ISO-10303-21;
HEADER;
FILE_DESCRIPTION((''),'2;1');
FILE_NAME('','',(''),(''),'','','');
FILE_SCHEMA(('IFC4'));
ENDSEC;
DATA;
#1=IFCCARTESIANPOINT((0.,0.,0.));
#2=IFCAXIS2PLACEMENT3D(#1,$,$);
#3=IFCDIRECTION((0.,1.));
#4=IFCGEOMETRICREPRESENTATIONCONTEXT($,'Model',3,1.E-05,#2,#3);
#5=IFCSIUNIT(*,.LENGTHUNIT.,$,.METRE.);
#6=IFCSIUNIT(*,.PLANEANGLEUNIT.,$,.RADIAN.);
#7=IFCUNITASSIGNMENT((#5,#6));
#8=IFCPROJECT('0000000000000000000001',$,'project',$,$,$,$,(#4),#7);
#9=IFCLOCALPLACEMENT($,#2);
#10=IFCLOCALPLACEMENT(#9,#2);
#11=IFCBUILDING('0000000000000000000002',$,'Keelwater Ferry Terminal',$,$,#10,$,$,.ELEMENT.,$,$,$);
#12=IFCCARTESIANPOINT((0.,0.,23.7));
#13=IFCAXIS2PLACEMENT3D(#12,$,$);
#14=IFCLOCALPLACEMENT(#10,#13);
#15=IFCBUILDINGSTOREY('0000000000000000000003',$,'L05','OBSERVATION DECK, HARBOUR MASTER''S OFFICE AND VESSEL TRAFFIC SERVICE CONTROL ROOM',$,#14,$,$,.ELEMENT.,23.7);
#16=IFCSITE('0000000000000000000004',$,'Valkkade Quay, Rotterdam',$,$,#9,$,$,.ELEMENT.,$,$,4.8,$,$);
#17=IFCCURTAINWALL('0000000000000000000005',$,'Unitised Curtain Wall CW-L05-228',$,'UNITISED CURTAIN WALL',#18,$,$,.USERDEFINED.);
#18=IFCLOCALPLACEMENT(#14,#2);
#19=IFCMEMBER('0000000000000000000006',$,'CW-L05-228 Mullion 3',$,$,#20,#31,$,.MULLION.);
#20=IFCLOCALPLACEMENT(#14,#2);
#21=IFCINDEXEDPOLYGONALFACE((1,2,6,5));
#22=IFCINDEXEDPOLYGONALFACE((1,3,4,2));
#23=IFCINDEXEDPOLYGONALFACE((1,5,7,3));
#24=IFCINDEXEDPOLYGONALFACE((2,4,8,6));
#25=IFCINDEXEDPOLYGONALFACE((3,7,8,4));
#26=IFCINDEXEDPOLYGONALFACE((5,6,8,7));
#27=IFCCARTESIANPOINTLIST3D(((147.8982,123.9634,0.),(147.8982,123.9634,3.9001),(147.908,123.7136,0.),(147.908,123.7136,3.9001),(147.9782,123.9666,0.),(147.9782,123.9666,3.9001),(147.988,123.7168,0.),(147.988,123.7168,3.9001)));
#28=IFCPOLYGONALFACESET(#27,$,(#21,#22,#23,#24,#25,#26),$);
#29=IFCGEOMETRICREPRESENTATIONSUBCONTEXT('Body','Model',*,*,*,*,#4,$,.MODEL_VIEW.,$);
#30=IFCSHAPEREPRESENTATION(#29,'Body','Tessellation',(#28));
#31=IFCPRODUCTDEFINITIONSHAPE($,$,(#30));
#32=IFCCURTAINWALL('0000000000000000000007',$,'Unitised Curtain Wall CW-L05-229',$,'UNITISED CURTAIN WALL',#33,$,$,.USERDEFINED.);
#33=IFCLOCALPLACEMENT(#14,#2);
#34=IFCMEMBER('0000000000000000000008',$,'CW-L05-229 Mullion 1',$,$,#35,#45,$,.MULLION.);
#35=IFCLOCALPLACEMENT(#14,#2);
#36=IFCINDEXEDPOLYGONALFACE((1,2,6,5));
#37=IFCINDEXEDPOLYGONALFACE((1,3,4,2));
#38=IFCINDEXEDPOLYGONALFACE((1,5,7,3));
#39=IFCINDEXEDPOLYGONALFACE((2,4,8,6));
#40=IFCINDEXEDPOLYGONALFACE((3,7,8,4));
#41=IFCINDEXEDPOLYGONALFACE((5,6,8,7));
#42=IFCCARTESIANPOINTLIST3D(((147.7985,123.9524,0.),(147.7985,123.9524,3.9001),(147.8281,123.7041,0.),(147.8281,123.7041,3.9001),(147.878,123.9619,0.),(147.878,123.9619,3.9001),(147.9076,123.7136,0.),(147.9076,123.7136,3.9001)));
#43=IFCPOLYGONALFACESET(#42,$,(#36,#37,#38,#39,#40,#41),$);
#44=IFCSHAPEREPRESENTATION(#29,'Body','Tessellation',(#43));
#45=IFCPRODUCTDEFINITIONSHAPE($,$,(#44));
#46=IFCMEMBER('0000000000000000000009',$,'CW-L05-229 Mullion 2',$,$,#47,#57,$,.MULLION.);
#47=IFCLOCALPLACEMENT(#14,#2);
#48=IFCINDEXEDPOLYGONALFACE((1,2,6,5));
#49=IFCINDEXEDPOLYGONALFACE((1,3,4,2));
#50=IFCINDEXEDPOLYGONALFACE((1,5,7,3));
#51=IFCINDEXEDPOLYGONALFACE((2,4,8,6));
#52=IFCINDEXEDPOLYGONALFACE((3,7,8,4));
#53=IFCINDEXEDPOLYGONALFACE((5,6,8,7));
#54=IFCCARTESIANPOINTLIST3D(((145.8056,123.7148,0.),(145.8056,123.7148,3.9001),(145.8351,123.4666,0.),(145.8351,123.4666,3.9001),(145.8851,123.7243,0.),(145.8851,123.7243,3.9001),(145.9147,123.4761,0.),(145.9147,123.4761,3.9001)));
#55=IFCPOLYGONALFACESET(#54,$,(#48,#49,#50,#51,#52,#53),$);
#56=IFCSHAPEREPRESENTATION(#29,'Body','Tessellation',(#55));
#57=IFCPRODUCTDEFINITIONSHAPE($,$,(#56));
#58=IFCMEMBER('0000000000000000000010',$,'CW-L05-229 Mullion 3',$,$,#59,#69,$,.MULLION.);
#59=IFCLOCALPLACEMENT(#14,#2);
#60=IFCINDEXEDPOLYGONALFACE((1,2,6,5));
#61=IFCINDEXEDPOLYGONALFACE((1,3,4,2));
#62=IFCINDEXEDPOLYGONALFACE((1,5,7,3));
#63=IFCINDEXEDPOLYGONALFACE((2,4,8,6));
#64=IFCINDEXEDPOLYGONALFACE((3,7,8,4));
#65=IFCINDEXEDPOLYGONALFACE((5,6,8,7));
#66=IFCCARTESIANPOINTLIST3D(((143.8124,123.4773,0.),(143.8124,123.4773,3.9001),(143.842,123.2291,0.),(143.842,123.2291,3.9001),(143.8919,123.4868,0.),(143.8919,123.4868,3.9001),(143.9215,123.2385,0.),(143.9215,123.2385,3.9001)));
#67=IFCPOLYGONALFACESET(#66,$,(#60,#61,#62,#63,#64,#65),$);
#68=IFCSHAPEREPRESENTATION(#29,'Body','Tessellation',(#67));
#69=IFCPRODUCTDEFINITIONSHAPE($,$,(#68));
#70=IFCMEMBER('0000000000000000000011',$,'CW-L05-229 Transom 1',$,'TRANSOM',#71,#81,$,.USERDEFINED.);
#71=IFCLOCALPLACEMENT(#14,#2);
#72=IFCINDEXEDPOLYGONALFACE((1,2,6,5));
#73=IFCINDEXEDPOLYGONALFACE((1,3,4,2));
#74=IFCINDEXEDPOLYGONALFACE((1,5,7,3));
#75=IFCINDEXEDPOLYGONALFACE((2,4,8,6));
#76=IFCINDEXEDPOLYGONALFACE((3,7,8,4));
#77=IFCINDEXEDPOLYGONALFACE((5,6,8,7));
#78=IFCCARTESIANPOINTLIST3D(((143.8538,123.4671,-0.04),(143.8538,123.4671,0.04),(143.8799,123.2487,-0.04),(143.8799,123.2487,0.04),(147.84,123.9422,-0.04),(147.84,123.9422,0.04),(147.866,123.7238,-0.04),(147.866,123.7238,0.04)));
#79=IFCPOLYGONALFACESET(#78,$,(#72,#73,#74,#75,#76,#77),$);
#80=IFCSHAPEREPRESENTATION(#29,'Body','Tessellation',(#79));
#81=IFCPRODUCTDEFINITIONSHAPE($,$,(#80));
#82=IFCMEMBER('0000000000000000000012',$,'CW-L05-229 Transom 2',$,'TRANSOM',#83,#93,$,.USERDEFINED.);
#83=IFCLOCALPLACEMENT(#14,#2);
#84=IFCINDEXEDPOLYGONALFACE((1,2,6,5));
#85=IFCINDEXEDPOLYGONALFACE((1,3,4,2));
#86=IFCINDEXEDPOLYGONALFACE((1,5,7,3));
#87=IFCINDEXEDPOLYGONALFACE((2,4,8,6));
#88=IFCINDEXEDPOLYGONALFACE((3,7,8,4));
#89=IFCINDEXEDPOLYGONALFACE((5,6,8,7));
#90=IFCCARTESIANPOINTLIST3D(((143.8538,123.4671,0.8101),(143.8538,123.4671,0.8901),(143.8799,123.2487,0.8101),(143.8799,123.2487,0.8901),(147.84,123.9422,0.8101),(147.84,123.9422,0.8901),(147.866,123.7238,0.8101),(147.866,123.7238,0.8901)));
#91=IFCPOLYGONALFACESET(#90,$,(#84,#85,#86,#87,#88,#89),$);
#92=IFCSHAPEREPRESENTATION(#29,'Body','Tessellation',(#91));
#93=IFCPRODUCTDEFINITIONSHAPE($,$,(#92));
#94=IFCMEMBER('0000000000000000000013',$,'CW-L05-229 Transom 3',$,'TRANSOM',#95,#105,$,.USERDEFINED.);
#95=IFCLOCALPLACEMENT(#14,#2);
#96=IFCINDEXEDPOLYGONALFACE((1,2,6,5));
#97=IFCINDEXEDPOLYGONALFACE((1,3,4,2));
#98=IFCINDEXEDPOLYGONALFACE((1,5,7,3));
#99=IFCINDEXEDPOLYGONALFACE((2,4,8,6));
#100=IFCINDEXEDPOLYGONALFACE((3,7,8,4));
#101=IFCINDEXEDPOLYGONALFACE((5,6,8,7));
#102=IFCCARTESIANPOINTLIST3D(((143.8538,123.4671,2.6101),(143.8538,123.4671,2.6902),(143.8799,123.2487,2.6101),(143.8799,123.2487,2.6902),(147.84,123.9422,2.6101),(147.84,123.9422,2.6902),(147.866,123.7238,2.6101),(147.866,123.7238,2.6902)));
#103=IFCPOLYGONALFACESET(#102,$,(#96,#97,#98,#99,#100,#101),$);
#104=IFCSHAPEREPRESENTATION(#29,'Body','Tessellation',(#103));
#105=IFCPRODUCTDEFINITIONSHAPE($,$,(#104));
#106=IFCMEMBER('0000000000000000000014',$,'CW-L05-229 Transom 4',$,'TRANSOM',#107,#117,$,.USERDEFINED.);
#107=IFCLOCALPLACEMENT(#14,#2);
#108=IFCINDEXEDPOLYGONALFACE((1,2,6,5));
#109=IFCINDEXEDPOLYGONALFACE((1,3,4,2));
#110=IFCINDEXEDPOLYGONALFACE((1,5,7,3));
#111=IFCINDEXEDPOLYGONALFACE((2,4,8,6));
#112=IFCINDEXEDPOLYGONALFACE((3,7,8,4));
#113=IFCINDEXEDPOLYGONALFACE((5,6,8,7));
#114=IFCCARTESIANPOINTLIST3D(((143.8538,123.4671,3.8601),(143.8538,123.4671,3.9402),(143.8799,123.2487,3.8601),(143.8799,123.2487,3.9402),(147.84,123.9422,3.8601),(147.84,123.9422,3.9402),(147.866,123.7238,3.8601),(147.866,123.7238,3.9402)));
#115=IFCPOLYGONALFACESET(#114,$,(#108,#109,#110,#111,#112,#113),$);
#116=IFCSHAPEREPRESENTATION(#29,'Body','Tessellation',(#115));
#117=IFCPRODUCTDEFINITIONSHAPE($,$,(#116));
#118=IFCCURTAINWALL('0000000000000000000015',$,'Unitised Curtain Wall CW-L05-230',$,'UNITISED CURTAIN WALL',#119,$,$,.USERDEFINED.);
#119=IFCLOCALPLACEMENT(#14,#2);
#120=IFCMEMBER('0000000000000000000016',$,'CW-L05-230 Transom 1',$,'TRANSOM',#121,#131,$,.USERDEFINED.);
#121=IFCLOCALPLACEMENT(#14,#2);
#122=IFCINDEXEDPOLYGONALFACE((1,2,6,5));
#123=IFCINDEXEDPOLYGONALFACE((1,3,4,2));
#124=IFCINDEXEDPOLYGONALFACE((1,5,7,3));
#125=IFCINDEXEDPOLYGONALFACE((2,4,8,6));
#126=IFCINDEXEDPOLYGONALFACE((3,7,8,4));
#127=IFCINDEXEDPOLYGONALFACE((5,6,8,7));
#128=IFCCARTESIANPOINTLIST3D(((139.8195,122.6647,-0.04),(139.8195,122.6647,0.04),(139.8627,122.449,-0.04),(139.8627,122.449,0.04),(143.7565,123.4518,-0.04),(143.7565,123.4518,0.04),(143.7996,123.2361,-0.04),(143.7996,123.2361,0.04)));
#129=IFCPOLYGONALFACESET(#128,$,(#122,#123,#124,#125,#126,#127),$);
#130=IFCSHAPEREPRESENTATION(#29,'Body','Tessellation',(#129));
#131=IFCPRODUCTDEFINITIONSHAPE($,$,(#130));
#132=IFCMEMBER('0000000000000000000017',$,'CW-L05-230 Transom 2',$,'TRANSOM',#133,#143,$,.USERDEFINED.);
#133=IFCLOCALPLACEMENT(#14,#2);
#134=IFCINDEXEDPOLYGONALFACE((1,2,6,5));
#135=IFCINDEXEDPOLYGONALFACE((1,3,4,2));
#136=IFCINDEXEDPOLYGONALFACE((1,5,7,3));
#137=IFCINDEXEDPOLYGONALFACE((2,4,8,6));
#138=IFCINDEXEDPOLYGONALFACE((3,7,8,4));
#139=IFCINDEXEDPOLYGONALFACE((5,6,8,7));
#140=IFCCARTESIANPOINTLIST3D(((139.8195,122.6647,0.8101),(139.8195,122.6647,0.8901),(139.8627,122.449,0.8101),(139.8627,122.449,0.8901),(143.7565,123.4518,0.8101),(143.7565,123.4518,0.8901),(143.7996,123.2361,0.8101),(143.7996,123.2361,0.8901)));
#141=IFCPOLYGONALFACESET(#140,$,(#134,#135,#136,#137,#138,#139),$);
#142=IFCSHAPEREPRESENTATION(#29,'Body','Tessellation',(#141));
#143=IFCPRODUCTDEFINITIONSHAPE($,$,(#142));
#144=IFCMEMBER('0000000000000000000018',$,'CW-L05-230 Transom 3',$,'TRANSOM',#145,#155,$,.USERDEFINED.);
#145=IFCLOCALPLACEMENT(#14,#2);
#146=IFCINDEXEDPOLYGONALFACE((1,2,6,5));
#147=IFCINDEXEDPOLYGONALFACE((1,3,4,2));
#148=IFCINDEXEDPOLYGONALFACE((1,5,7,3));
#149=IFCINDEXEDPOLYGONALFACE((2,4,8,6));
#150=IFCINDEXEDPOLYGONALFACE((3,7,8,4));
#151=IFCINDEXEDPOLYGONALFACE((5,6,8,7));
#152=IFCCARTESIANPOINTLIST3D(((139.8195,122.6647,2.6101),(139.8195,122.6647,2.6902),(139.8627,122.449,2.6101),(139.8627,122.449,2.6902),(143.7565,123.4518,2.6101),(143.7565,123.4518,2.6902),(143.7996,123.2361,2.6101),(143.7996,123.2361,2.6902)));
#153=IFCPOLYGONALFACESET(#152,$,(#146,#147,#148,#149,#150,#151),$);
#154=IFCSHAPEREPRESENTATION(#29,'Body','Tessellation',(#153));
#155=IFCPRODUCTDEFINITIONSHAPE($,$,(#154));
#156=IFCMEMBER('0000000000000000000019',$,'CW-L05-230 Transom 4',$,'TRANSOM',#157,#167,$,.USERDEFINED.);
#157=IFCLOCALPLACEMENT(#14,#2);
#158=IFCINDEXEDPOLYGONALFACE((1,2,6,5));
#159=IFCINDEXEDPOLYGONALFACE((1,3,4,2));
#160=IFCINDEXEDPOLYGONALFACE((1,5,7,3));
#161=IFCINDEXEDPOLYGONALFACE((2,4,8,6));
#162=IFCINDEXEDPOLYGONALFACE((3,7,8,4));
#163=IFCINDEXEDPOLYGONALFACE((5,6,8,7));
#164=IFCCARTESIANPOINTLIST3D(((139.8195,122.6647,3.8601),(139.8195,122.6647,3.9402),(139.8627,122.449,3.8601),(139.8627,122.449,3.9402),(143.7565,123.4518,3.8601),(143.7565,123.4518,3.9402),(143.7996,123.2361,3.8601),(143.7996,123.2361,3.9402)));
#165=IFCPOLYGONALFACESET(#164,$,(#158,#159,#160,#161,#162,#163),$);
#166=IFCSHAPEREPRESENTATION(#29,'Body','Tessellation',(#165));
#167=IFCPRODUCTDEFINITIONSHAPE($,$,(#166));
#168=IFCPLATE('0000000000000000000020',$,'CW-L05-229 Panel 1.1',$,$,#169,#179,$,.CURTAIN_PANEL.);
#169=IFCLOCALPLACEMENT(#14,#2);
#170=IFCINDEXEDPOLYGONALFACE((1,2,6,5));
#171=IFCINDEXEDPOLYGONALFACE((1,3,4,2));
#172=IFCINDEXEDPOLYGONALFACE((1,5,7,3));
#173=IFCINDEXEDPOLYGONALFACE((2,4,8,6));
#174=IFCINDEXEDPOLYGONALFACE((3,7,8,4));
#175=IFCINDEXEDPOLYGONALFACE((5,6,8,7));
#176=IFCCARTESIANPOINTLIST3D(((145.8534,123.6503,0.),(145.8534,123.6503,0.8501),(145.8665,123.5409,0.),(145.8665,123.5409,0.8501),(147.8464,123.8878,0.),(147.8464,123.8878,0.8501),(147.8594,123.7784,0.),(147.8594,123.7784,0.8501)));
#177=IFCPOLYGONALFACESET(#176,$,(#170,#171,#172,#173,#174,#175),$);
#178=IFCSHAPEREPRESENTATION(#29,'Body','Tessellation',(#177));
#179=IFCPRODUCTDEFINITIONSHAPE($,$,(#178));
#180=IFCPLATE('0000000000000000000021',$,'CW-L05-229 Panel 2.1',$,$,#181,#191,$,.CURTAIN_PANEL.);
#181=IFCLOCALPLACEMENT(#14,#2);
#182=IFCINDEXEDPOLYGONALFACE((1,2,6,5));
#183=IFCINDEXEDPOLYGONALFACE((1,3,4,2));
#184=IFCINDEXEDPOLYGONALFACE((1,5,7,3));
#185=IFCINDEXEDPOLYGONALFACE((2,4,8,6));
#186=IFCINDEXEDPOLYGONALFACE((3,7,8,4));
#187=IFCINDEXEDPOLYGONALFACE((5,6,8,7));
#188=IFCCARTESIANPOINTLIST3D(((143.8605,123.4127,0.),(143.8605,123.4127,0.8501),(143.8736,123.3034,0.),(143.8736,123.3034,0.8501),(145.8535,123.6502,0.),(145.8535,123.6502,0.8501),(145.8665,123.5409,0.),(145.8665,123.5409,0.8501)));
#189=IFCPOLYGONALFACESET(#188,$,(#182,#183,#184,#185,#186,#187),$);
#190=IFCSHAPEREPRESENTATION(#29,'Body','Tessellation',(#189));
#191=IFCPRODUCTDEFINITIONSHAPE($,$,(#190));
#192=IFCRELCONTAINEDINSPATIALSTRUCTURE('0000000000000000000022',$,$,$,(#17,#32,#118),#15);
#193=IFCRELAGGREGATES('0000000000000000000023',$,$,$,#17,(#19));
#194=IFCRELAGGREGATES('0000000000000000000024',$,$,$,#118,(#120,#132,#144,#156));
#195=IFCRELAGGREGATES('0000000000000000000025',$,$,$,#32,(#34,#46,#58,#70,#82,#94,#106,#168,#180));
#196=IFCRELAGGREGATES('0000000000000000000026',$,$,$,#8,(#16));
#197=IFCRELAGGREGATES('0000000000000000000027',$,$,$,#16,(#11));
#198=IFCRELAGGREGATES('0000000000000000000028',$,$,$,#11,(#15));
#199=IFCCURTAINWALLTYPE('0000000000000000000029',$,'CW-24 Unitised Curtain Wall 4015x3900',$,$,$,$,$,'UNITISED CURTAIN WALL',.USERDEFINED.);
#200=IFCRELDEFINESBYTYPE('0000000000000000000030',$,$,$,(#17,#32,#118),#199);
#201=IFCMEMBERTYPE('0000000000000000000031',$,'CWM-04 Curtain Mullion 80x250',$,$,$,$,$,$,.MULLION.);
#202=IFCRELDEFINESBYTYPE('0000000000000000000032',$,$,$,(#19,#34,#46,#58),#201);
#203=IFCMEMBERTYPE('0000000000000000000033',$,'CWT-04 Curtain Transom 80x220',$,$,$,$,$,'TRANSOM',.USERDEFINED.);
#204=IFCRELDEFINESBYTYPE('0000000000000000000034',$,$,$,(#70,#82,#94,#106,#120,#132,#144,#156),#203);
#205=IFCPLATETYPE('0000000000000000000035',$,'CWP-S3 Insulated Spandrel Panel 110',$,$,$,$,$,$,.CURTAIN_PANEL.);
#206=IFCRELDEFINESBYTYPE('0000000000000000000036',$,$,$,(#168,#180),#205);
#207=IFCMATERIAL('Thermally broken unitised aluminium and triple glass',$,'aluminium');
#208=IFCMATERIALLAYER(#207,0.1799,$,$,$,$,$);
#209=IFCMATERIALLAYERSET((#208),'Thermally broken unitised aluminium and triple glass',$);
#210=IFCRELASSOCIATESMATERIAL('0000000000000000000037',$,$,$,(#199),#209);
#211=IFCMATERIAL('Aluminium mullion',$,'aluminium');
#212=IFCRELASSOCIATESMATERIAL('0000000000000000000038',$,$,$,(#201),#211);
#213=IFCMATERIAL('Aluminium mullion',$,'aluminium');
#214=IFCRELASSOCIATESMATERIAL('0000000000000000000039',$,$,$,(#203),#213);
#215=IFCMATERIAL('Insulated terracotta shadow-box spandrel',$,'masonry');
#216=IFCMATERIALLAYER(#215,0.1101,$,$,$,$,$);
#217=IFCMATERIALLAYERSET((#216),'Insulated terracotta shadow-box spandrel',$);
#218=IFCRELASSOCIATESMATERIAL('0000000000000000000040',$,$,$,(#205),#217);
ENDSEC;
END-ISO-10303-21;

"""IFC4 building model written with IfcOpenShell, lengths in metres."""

from ifc_helpers import new_model, si_unit, direction, frame, origin, origin_2d, place, context, subcontext, project, spatial, rectangle, extrude, material, layer, layer_set, material_profile, profile_set, type_object, element, aggregate, save


model = new_model("IFC4")

# Units and contexts
model_context = context("Model", 3, precision=1e-05, world=origin(), true_north=direction((0.0, 1.0)))
body_context = subcontext(model_context, "Body", "Model", "MODEL_VIEW")
ifc_project = project(units=[si_unit("LENGTHUNIT", "METRE"), si_unit("PLANEANGLEUNIT", "RADIAN")], contexts=[model_context])

# Site, building, storey
site_placement = place(None, origin())
site = spatial("IfcSite", under=ifc_project, at=site_placement, Name="Valkkade Quay, Rotterdam", CompositionType="ELEMENT", RefElevation=4.8)
building_placement = place(site_placement, origin())
building = spatial("IfcBuilding", under=site, at=building_placement, Name="Keelwater Ferry Terminal", CompositionType="ELEMENT")
storey_placement = place(building_placement, frame((0.0, 0.0, 23.7)))
storey = spatial("IfcBuildingStorey", under=building, at=storey_placement, Name="L05", Description="OBSERVATION DECK, HARBOUR MASTER'S OFFICE AND VESSEL TRAFFIC SERVICE CONTROL ROOM", CompositionType="ELEMENT", Elevation=23.7)

# Curtain wall, member
ifc_material_1 = material(Name="Thermally broken unitised aluminium and triple glass", Category="aluminium")
ifc_layer_1 = layer(ifc_material_1, 0.1799)
ifc_layer_set_1 = layer_set([ifc_layer_1], Name="Thermally broken unitised aluminium and triple glass")
curtain_wall_type = type_object("IfcCurtainWallType", Name="CW-24 Unitised Curtain Wall 4015x3900", ElementType="UNITISED CURTAIN WALL", PredefinedType="USERDEFINED", material=ifc_layer_set_1)
curtain_wall_1_placement = place(storey_placement, origin())
curtain_wall_1 = element("IfcCurtainWall", 1, at=curtain_wall_1_placement, inside=storey, type_object=curtain_wall_type, Name="Unitised Curtain Wall CW-L05-228", ObjectType="UNITISED CURTAIN WALL", PredefinedType="USERDEFINED")
ifc_material_2 = material(Name="Aluminium mullion", Category="aluminium")
ifc_material_profile_1 = material_profile(ifc_material_2, rectangle(XDim=0.0801, YDim=0.25, at=origin_2d()), Name="CWM-04")
ifc_profile_set_1 = profile_set([ifc_material_profile_1], Name="Aluminium mullion")
member_type_1 = type_object("IfcMemberType", Name="CWM-04 Curtain Mullion 80x250", PredefinedType="MULLION", material=ifc_profile_set_1)
member_1_placement = place(storey_placement, frame((147.9431, 123.8401, 0.0), z_axis=(0.0, 0.0, 1.0), x_axis=(-0.999225, -0.039351, 0.0)))
member_1 = element("IfcMember", 2, at=member_1_placement, type_object=member_type_1, Name="CW-L05-228 Mullion 3", PredefinedType="MULLION", context=body_context, shape_type="SweptSolid", body=[
    extrude(rectangle(XDim=0.0801, YDim=0.25, at=origin_2d()), origin(), (0.0, 0.0, 1.0), 3.9001),
])
aggregate(curtain_wall_1, [member_1])

# Curtain walls, members
curtain_wall_2_placement = place(storey_placement, origin())
curtain_wall_2 = element("IfcCurtainWall", 3, at=curtain_wall_2_placement, inside=storey, type_object=curtain_wall_type, Name="Unitised Curtain Wall CW-L05-229", ObjectType="UNITISED CURTAIN WALL", PredefinedType="USERDEFINED")
member_2_placement = place(storey_placement, frame((147.853, 123.833, 0.0), z_axis=(0.0, 0.0, 1.0), x_axis=(-0.992974, -0.11833, 0.0)))
member_2 = element("IfcMember", 4, at=member_2_placement, type_object=member_type_1, Name="CW-L05-229 Mullion 1", PredefinedType="MULLION", context=body_context, shape_type="SweptSolid", body=[
    extrude(rectangle(XDim=0.0801, YDim=0.25, at=origin_2d()), origin(), (0.0, 0.0, 1.0), 3.9001),
])
member_3_placement = place(storey_placement, frame((145.8601, 123.5955, 0.0), z_axis=(0.0, 0.0, 1.0), x_axis=(-0.992974, -0.11833, 0.0)))
member_3 = element("IfcMember", 5, at=member_3_placement, type_object=member_type_1, Name="CW-L05-229 Mullion 2", PredefinedType="MULLION", context=body_context, shape_type="SweptSolid", body=[
    extrude(rectangle(XDim=0.0801, YDim=0.25, at=origin_2d()), origin(), (0.0, 0.0, 1.0), 3.9001),
])
member_4_placement = place(storey_placement, frame((143.8669, 123.3579, 0.0), z_axis=(0.0, 0.0, 1.0), x_axis=(-0.992974, -0.11833, 0.0)))
member_4 = element("IfcMember", 6, at=member_4_placement, type_object=member_type_1, Name="CW-L05-229 Mullion 3", PredefinedType="MULLION", context=body_context, shape_type="SweptSolid", body=[
    extrude(rectangle(XDim=0.0801, YDim=0.25, at=origin_2d()), origin(), (0.0, 0.0, 1.0), 3.9001),
])
ifc_material_3 = material(Name="Aluminium mullion", Category="aluminium")
ifc_material_profile_2 = material_profile(ifc_material_3, rectangle(XDim=0.22, YDim=0.0801, at=origin_2d()), Name="CWT-04")
ifc_profile_set_2 = profile_set([ifc_material_profile_2], Name="Aluminium mullion")
member_type_2 = type_object("IfcMemberType", Name="CWT-04 Curtain Transom 80x220", ElementType="TRANSOM", PredefinedType="USERDEFINED", material=ifc_profile_set_2)
member_5_placement = place(storey_placement, frame((147.853, 123.833, 0.0), z_axis=(-0.992972, -0.118351, 0.0), x_axis=(0.118351, -0.992972, 0.0)))
member_5 = element("IfcMember", 7, at=member_5_placement, type_object=member_type_2, Name="CW-L05-229 Transom 1", ObjectType="TRANSOM", PredefinedType="USERDEFINED", context=body_context, shape_type="SweptSolid", body=[
    extrude(rectangle(XDim=0.22, YDim=0.0801, at=origin_2d()), origin(), (0.0, 0.0, 1.0), 4.0144),
])
member_6_placement = place(storey_placement, frame((147.853, 123.833, 0.8501), z_axis=(-0.992972, -0.118351, 0.0), x_axis=(0.118351, -0.992972, 0.0)))
member_6 = element("IfcMember", 8, at=member_6_placement, type_object=member_type_2, Name="CW-L05-229 Transom 2", ObjectType="TRANSOM", PredefinedType="USERDEFINED", context=body_context, shape_type="SweptSolid", body=[
    extrude(rectangle(XDim=0.22, YDim=0.0801, at=origin_2d()), origin(), (0.0, 0.0, 1.0), 4.0144),
])
member_7_placement = place(storey_placement, frame((147.853, 123.833, 2.6501), z_axis=(-0.992972, -0.118351, 0.0), x_axis=(0.118351, -0.992972, 0.0)))
member_7 = element("IfcMember", 9, at=member_7_placement, type_object=member_type_2, Name="CW-L05-229 Transom 3", ObjectType="TRANSOM", PredefinedType="USERDEFINED", context=body_context, shape_type="SweptSolid", body=[
    extrude(rectangle(XDim=0.22, YDim=0.0801, at=origin_2d()), origin(), (0.0, 0.0, 1.0), 4.0144),
])
member_8_placement = place(storey_placement, frame((147.853, 123.833, 3.9001), z_axis=(-0.992972, -0.118351, 0.0), x_axis=(0.118351, -0.992972, 0.0)))
member_8 = element("IfcMember", 10, at=member_8_placement, type_object=member_type_2, Name="CW-L05-229 Transom 4", ObjectType="TRANSOM", PredefinedType="USERDEFINED", context=body_context, shape_type="SweptSolid", body=[
    extrude(rectangle(XDim=0.22, YDim=0.0801, at=origin_2d()), origin(), (0.0, 0.0, 1.0), 4.0144),
])
curtain_wall_3_placement = place(storey_placement, origin())
curtain_wall_3 = element("IfcCurtainWall", 11, at=curtain_wall_3_placement, inside=storey, type_object=curtain_wall_type, Name="Unitised Curtain Wall CW-L05-230", ObjectType="UNITISED CURTAIN WALL", PredefinedType="USERDEFINED")
member_9_placement = place(storey_placement, frame((143.7781, 123.344, 0.0), z_axis=(-0.980595, -0.196046, 0.0), x_axis=(0.196046, -0.980595, 0.0)))
member_9 = element("IfcMember", 12, at=member_9_placement, type_object=member_type_2, Name="CW-L05-230 Transom 1", ObjectType="TRANSOM", PredefinedType="USERDEFINED", context=body_context, shape_type="SweptSolid", body=[
    extrude(rectangle(XDim=0.22, YDim=0.0801, at=origin_2d()), origin(), (0.0, 0.0, 1.0), 4.0149),
])
member_10_placement = place(storey_placement, frame((143.7781, 123.344, 0.8501), z_axis=(-0.980595, -0.196046, 0.0), x_axis=(0.196046, -0.980595, 0.0)))
member_10 = element("IfcMember", 13, at=member_10_placement, type_object=member_type_2, Name="CW-L05-230 Transom 2", ObjectType="TRANSOM", PredefinedType="USERDEFINED", context=body_context, shape_type="SweptSolid", body=[
    extrude(rectangle(XDim=0.22, YDim=0.0801, at=origin_2d()), origin(), (0.0, 0.0, 1.0), 4.0149),
])
member_11_placement = place(storey_placement, frame((143.7781, 123.344, 2.6501), z_axis=(-0.980595, -0.196046, 0.0), x_axis=(0.196046, -0.980595, 0.0)))
member_11 = element("IfcMember", 14, at=member_11_placement, type_object=member_type_2, Name="CW-L05-230 Transom 3", ObjectType="TRANSOM", PredefinedType="USERDEFINED", context=body_context, shape_type="SweptSolid", body=[
    extrude(rectangle(XDim=0.22, YDim=0.0801, at=origin_2d()), origin(), (0.0, 0.0, 1.0), 4.0149),
])
member_12_placement = place(storey_placement, frame((143.7781, 123.344, 3.9001), z_axis=(-0.980595, -0.196046, 0.0), x_axis=(0.196046, -0.980595, 0.0)))
member_12 = element("IfcMember", 15, at=member_12_placement, type_object=member_type_2, Name="CW-L05-230 Transom 4", ObjectType="TRANSOM", PredefinedType="USERDEFINED", context=body_context, shape_type="SweptSolid", body=[
    extrude(rectangle(XDim=0.22, YDim=0.0801, at=origin_2d()), origin(), (0.0, 0.0, 1.0), 4.0149),
])
aggregate(curtain_wall_3, [member_9, member_10, member_11, member_12])

# Plates
ifc_material_4 = material(Name="Insulated terracotta shadow-box spandrel", Category="masonry")
ifc_layer_2 = layer(ifc_material_4, 0.1101)
ifc_layer_set_2 = layer_set([ifc_layer_2], Name="Insulated terracotta shadow-box spandrel")
plate_type_1 = type_object("IfcPlateType", Name="CWP-S3 Insulated Spandrel Panel 110", PredefinedType="CURTAIN_PANEL", material=ifc_layer_set_2)
plate_1_placement = place(storey_placement, frame((146.8564, 123.7144, 0.0), z_axis=(0.0, 0.0, 1.0), x_axis=(-0.992974, -0.11833, 0.0)))
plate_1 = element("IfcPlate", 16, at=plate_1_placement, type_object=plate_type_1, Name="CW-L05-229 Panel 1.1", PredefinedType="CURTAIN_PANEL", context=body_context, shape_type="SweptSolid", body=[
    extrude(rectangle(XDim=2.0071, YDim=0.1101, at=origin_2d()), origin(), (0.0, 0.0, 1.0), 0.8501),
])
plate_2_placement = place(storey_placement, frame((144.8635, 123.4768, 0.0), z_axis=(0.0, 0.0, 1.0), x_axis=(-0.992974, -0.11833, 0.0)))
plate_2 = element("IfcPlate", 17, at=plate_2_placement, type_object=plate_type_1, Name="CW-L05-229 Panel 2.1", PredefinedType="CURTAIN_PANEL", context=body_context, shape_type="SweptSolid", body=[
    extrude(rectangle(XDim=2.0071, YDim=0.1101, at=origin_2d()), origin(), (0.0, 0.0, 1.0), 0.8501),
])
aggregate(curtain_wall_2, [member_2, member_3, member_4, member_5, member_6, member_7, member_8, plate_1, plate_2])

save(model, "model.ifc")
